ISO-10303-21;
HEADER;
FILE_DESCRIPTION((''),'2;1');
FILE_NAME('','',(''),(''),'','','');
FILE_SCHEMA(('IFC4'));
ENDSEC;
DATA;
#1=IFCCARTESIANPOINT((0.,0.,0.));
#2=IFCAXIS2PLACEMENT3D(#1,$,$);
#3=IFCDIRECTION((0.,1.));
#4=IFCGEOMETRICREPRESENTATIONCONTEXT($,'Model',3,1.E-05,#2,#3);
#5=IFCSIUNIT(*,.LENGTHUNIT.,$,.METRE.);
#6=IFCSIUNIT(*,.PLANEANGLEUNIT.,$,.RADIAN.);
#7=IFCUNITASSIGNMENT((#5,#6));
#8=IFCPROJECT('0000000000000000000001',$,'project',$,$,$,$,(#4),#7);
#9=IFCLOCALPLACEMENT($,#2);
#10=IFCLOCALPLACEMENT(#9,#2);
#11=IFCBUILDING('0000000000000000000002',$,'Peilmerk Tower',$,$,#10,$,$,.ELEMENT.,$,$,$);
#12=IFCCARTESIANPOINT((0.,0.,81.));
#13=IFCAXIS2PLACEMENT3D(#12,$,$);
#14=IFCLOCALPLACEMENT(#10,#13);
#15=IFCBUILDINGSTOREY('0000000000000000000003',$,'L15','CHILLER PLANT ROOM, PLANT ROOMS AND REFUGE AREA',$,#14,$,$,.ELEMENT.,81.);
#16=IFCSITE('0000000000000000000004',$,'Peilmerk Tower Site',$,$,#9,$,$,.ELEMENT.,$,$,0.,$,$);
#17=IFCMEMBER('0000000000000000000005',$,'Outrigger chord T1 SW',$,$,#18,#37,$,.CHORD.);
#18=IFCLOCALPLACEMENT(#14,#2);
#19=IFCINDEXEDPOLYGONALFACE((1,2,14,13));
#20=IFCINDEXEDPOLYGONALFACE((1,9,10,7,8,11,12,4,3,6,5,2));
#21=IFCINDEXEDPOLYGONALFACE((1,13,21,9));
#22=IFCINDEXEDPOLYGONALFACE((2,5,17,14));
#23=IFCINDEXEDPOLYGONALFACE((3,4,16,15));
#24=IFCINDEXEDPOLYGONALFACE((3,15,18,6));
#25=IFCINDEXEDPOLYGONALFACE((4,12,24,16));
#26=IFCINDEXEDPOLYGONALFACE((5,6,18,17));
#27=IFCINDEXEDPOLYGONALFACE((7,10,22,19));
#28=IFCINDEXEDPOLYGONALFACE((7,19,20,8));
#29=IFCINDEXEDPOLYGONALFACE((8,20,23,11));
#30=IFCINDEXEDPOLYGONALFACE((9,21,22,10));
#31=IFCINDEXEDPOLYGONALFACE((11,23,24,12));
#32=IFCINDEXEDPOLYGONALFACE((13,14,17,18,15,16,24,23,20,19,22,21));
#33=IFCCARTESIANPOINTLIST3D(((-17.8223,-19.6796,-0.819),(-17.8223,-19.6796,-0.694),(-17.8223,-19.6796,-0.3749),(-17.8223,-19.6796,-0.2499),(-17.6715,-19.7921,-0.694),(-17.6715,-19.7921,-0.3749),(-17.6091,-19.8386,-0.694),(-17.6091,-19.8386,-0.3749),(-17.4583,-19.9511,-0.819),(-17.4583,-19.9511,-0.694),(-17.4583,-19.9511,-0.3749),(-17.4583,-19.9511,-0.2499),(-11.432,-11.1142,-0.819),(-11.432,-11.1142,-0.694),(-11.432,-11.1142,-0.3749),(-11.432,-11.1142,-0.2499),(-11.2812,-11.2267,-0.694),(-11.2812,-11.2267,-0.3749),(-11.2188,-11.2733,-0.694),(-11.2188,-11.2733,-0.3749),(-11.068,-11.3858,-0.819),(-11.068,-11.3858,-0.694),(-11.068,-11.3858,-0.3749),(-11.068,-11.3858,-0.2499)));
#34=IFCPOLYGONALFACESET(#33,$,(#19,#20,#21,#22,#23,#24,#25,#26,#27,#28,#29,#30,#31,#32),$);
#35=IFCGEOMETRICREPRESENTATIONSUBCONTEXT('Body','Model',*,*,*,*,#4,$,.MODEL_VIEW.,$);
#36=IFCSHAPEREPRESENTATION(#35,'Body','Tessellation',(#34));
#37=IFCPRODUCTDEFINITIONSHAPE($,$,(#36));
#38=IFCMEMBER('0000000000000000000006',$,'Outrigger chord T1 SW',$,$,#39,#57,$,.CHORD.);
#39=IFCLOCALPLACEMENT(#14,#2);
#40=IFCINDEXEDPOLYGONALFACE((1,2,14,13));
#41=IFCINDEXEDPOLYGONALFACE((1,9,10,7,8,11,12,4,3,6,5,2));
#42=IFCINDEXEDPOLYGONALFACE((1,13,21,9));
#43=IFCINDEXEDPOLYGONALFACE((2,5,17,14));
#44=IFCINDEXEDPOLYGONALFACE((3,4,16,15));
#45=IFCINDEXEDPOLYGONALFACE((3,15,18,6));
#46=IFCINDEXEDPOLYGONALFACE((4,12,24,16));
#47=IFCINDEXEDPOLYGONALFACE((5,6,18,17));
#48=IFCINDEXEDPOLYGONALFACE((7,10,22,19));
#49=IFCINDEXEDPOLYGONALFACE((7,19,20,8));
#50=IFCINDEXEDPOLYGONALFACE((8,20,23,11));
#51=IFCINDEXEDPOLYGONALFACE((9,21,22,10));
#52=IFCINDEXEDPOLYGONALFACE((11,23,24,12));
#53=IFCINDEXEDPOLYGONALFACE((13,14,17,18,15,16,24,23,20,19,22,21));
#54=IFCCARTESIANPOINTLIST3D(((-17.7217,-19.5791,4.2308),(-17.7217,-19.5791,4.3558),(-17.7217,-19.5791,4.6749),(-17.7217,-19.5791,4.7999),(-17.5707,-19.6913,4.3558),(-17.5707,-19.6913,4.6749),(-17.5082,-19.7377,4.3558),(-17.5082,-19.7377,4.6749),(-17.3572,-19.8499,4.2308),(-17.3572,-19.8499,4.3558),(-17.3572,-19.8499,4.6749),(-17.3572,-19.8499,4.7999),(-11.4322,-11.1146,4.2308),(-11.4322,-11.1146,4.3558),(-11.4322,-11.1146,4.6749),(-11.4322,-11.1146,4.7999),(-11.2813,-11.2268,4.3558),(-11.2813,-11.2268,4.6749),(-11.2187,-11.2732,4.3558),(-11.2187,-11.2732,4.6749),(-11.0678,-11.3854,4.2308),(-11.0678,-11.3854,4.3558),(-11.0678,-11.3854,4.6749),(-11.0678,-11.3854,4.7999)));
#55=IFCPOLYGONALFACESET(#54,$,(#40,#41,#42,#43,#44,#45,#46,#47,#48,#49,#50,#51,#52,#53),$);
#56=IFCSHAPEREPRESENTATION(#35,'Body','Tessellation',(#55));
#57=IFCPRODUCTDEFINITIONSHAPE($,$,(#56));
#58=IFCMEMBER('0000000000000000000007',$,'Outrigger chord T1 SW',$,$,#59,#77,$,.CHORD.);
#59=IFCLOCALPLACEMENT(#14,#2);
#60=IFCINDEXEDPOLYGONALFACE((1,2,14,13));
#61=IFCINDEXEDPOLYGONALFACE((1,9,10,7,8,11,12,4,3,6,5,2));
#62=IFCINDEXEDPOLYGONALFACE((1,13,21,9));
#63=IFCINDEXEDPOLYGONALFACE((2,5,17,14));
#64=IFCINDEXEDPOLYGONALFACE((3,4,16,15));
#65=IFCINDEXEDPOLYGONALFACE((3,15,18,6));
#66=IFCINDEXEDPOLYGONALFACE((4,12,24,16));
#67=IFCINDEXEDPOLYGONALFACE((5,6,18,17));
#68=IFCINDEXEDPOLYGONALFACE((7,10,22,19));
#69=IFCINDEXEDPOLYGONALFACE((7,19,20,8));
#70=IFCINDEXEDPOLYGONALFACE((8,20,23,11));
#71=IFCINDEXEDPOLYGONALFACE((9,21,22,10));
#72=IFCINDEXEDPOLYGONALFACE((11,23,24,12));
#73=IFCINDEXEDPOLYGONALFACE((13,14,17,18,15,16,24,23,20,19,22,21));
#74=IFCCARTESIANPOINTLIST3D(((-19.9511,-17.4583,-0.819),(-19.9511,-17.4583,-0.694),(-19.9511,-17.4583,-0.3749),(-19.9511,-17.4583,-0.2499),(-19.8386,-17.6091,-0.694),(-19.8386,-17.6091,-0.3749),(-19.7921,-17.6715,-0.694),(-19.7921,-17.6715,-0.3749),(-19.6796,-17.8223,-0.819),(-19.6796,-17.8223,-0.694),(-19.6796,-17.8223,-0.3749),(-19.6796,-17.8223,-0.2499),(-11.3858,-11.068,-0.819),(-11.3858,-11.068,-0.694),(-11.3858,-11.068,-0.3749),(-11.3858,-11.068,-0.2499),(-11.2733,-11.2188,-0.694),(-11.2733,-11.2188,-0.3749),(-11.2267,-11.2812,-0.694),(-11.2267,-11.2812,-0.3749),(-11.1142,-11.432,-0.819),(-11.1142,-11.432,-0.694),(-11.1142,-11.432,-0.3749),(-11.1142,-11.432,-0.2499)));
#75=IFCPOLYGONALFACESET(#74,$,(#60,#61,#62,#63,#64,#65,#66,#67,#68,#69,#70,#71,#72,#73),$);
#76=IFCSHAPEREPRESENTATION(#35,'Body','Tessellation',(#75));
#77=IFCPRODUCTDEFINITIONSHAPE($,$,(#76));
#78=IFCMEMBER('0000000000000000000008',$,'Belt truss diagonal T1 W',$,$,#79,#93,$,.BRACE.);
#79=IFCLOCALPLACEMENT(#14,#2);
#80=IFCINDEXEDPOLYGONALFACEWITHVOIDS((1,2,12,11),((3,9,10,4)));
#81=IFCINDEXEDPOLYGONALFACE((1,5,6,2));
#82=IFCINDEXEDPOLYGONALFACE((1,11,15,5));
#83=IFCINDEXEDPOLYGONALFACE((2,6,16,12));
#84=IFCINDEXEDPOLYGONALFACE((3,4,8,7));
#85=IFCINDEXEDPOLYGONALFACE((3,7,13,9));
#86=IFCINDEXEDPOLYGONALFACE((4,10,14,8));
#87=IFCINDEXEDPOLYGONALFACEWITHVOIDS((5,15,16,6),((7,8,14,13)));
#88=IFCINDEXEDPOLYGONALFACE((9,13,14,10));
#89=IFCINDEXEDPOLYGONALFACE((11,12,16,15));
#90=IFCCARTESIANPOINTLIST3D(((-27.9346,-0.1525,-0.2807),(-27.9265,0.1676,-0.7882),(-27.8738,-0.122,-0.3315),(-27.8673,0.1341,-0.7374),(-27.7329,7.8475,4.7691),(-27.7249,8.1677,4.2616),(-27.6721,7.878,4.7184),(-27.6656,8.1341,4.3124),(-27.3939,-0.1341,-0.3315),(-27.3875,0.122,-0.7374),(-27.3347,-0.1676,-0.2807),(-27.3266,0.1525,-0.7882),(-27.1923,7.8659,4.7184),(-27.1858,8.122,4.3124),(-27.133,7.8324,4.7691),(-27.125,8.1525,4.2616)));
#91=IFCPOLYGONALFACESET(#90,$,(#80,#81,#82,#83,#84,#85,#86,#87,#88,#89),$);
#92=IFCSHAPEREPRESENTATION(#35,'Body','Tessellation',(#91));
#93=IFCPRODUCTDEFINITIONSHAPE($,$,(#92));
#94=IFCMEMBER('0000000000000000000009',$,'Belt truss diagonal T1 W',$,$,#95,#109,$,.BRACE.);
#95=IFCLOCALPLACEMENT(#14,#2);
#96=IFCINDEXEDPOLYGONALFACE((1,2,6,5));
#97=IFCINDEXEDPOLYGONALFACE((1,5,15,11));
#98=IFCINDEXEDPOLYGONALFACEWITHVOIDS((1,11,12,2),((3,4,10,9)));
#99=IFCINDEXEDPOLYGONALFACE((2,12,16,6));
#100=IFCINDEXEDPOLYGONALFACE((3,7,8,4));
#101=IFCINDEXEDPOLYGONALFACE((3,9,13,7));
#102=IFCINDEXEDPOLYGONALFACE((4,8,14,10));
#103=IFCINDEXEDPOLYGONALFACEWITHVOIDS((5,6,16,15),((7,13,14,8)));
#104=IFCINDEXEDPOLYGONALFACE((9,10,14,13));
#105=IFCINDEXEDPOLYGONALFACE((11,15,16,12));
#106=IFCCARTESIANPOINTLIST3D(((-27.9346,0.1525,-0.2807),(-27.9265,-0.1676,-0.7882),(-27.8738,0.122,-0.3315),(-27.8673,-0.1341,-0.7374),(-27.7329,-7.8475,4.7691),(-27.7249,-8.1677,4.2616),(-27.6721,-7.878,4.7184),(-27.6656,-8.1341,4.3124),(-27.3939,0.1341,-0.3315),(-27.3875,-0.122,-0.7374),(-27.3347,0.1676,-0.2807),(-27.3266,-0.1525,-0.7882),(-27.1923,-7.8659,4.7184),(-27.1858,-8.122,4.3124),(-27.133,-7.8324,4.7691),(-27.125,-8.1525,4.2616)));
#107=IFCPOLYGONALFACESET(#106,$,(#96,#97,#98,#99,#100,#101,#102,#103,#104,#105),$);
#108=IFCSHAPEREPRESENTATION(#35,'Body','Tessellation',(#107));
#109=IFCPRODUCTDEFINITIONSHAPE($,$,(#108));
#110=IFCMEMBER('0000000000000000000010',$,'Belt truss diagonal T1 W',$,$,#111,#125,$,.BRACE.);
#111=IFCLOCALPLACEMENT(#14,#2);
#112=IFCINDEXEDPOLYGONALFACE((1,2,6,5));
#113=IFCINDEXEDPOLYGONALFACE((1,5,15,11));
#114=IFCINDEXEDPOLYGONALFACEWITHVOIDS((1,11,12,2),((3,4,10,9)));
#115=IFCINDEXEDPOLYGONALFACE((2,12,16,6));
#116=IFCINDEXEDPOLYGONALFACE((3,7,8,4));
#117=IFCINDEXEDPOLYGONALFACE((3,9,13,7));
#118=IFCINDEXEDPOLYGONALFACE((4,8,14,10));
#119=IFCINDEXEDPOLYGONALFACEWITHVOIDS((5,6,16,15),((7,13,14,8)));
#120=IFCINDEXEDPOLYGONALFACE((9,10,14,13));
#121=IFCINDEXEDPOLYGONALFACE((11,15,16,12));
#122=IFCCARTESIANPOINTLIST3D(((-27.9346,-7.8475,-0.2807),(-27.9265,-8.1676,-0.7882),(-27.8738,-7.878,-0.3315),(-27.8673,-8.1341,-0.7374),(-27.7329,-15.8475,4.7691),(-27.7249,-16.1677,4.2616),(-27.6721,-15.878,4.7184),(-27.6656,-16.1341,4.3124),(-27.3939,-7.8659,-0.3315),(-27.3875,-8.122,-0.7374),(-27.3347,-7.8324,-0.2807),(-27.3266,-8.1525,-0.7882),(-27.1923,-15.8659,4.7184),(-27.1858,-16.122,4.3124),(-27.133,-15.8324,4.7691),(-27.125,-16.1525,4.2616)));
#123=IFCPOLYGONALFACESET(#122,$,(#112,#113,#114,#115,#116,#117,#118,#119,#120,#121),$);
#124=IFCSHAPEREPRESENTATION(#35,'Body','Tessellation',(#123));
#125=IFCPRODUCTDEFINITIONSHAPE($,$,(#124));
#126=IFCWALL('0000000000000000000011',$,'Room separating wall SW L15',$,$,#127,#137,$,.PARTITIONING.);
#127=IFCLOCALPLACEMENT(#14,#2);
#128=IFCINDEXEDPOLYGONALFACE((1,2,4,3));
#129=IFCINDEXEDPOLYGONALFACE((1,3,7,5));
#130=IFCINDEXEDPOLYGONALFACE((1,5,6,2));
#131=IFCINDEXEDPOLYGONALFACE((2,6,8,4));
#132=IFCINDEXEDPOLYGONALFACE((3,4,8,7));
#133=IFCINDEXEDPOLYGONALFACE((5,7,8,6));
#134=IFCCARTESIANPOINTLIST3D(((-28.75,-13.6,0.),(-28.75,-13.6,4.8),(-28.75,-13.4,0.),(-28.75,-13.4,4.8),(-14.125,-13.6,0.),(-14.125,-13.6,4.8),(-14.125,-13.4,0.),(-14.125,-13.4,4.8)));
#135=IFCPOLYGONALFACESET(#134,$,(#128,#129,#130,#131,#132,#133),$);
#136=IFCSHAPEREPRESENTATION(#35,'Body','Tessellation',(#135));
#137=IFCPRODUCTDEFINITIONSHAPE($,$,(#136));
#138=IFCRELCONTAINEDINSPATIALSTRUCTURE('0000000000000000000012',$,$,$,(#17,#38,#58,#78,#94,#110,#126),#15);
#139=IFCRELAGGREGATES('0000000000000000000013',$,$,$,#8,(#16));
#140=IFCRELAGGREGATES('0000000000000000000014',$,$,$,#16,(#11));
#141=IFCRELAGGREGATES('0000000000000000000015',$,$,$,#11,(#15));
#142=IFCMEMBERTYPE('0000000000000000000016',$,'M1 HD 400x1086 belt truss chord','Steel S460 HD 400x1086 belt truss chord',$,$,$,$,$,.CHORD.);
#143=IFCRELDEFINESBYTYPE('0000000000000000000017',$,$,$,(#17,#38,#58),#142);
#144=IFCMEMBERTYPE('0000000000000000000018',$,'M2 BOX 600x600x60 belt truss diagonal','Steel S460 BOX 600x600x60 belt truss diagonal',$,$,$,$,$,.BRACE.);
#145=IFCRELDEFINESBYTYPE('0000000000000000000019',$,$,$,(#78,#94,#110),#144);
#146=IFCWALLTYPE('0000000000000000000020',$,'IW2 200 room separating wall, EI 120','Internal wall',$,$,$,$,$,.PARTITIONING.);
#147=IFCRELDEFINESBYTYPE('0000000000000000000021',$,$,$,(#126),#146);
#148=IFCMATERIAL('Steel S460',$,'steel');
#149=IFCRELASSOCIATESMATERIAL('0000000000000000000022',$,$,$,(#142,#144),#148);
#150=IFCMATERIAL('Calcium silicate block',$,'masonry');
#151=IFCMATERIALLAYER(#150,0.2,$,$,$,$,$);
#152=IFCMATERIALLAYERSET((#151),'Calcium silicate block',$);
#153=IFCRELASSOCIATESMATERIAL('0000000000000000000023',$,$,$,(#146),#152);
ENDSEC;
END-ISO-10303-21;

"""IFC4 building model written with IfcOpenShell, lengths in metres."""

from ifc_helpers import new_model, si_unit, direction, frame, frame_2d, origin, origin_2d, place, context, subcontext, project, spatial, rectangle, hollow_rectangle, i_section, extrude, material, layer, layer_set, material_profile, profile_set, type_object, element, save


model = new_model("IFC4")

# Units and contexts
model_context = context("Model", 3, precision=1e-05, world=origin(), true_north=direction((0.0, 1.0)))
body_context = subcontext(model_context, "Body", "Model", "MODEL_VIEW")
ifc_project = project(units=[si_unit("LENGTHUNIT", "METRE"), si_unit("PLANEANGLEUNIT", "RADIAN")], contexts=[model_context])

# Site, building, storey
site_placement = place(None, origin())
site = spatial("IfcSite", under=ifc_project, at=site_placement, Name="Peilmerk Tower Site", CompositionType="ELEMENT", RefElevation=0.0)
building_placement = place(site_placement, origin())
building = spatial("IfcBuilding", under=site, at=building_placement, Name="Peilmerk Tower", CompositionType="ELEMENT")
storey_placement = place(building_placement, frame((0.0, 0.0, 81.0)))
storey = spatial("IfcBuildingStorey", under=building, at=storey_placement, Name="L15", Description="CHILLER PLANT ROOM, PLANT ROOMS AND REFUGE AREA", CompositionType="ELEMENT", Elevation=81.0)

# Shared definitions
ifc_material_1 = material(Name="Steel S460", Category="steel")

# Members
ifc_material_profile_1 = material_profile(ifc_material_1, i_section(OverallWidth=0.4541, OverallDepth=0.5691, WebThickness=0.0779, FlangeThickness=0.125, at=origin_2d()), Name="HD 400x1086")
ifc_profile_set_1 = profile_set([ifc_material_profile_1], Name="Steel S460")
member_type_1 = type_object("IfcMemberType", Name="M1 HD 400x1086 belt truss chord", Description="Steel S460 HD 400x1086 belt truss chord", PredefinedType="CHORD", material=ifc_profile_set_1)
member_1_placement = place(storey_placement, frame((-11.25, -11.25, -0.5344), z_axis=(-0.59798, -0.801511, 0.0), x_axis=(0.801511, -0.59798, 0.0)))
element("IfcMember", 1, at=member_1_placement, inside=storey, type_object=member_type_1, Name="Outrigger chord T1 SW", PredefinedType="CHORD", context=body_context, shape_type="SweptSolid", body=[
    extrude(i_section(OverallWidth=0.4541, OverallDepth=0.5691, WebThickness=0.0779, FlangeThickness=0.125, at=origin_2d()), origin(), (0.0, 0.0, 1.0), 10.6865),
])
member_2_placement = place(storey_placement, frame((-11.25, -11.25, 4.5154), z_axis=(-0.596419, -0.802673, 0.0), x_axis=(0.802673, -0.596419, 0.0)))
element("IfcMember", 2, at=member_2_placement, inside=storey, type_object=member_type_1, Name="Outrigger chord T1 SW", PredefinedType="CHORD", context=body_context, shape_type="SweptSolid", body=[
    extrude(i_section(OverallWidth=0.4541, OverallDepth=0.5691, WebThickness=0.0779, FlangeThickness=0.125, at=origin_2d()), origin(), (0.0, 0.0, 1.0), 10.5454),
])
member_3_placement = place(storey_placement, frame((-11.25, -11.25, -0.5344), z_axis=(-0.801511, -0.59798, 0.0), x_axis=(0.59798, -0.801511, 0.0)))
element("IfcMember", 3, at=member_3_placement, inside=storey, type_object=member_type_1, Name="Outrigger chord T1 SW", PredefinedType="CHORD", context=body_context, shape_type="SweptSolid", body=[
    extrude(i_section(OverallWidth=0.4541, OverallDepth=0.5691, WebThickness=0.0779, FlangeThickness=0.125, at=origin_2d()), origin(), (0.0, 0.0, 1.0), 10.6865),
])
ifc_material_profile_2 = material_profile(ifc_material_1, hollow_rectangle(XDim=0.6001, YDim=0.6001, WallThickness=0.0601, at=origin_2d()), Name="BOX 600x600x60")
ifc_profile_set_2 = profile_set([ifc_material_profile_2], Name="Steel S460")
member_type_2 = type_object("IfcMemberType", Name="M2 BOX 600x600x60 belt truss diagonal", Description="Steel S460 BOX 600x600x60 belt truss diagonal", PredefinedType="BRACE", material=ifc_profile_set_2)
for number, where, z_axis, x_axis, name in (
    (4, (-27.6306, 0.0, -0.5344), (0.021311, 0.845432, 0.533658), (-0.999682, 0.0252, 0.0), "Belt truss diagonal T1 W"),
    (5, (-27.6306, 0.0, -0.5344), (0.021311, -0.845432, 0.533658), (0.999682, 0.0252, 0.0), "Belt truss diagonal T1 W"),
    (6, (-27.6306, -8.0, -0.5344), (0.021311, -0.845432, 0.533658), (0.999682, 0.0252, 0.0), "Belt truss diagonal T1 W"),
):
    element("IfcMember", number, at=place(storey_placement, frame(where, z_axis=z_axis, x_axis=x_axis)), inside=storey, type_object=member_type_2, Name=name, PredefinedType="BRACE", context=body_context, shape_type="SweptSolid", body=[
        extrude(hollow_rectangle(XDim=0.6001, YDim=0.6001, WallThickness=0.0601, at=origin_2d()), origin(), (0.0, 0.0, 1.0), 9.4626),
    ])

# Wall
ifc_material_2 = material(Name="Calcium silicate block", Category="masonry")
ifc_layer = layer(ifc_material_2, 0.2)
ifc_layer_set = layer_set([ifc_layer], Name="Calcium silicate block")
wall_type = type_object("IfcWallType", Name="IW2 200 room separating wall, EI 120", Description="Internal wall", PredefinedType="PARTITIONING", material=ifc_layer_set)
wall_placement = place(storey_placement, frame((-14.125, -13.5, 0.0), z_axis=(0.0, 0.0, 1.0), x_axis=(-1.0, 0.0, 0.0)))
element("IfcWall", 7, at=wall_placement, inside=storey, type_object=wall_type, Name="Room separating wall SW L15", PredefinedType="PARTITIONING", context=body_context, shape_type="SweptSolid", body=[
    extrude(rectangle(XDim=14.625, YDim=0.2, at=frame_2d((7.3125, 0.0))), origin(), (0.0, 0.0, 1.0), 4.8),
])

save(model, "model.ifc")
